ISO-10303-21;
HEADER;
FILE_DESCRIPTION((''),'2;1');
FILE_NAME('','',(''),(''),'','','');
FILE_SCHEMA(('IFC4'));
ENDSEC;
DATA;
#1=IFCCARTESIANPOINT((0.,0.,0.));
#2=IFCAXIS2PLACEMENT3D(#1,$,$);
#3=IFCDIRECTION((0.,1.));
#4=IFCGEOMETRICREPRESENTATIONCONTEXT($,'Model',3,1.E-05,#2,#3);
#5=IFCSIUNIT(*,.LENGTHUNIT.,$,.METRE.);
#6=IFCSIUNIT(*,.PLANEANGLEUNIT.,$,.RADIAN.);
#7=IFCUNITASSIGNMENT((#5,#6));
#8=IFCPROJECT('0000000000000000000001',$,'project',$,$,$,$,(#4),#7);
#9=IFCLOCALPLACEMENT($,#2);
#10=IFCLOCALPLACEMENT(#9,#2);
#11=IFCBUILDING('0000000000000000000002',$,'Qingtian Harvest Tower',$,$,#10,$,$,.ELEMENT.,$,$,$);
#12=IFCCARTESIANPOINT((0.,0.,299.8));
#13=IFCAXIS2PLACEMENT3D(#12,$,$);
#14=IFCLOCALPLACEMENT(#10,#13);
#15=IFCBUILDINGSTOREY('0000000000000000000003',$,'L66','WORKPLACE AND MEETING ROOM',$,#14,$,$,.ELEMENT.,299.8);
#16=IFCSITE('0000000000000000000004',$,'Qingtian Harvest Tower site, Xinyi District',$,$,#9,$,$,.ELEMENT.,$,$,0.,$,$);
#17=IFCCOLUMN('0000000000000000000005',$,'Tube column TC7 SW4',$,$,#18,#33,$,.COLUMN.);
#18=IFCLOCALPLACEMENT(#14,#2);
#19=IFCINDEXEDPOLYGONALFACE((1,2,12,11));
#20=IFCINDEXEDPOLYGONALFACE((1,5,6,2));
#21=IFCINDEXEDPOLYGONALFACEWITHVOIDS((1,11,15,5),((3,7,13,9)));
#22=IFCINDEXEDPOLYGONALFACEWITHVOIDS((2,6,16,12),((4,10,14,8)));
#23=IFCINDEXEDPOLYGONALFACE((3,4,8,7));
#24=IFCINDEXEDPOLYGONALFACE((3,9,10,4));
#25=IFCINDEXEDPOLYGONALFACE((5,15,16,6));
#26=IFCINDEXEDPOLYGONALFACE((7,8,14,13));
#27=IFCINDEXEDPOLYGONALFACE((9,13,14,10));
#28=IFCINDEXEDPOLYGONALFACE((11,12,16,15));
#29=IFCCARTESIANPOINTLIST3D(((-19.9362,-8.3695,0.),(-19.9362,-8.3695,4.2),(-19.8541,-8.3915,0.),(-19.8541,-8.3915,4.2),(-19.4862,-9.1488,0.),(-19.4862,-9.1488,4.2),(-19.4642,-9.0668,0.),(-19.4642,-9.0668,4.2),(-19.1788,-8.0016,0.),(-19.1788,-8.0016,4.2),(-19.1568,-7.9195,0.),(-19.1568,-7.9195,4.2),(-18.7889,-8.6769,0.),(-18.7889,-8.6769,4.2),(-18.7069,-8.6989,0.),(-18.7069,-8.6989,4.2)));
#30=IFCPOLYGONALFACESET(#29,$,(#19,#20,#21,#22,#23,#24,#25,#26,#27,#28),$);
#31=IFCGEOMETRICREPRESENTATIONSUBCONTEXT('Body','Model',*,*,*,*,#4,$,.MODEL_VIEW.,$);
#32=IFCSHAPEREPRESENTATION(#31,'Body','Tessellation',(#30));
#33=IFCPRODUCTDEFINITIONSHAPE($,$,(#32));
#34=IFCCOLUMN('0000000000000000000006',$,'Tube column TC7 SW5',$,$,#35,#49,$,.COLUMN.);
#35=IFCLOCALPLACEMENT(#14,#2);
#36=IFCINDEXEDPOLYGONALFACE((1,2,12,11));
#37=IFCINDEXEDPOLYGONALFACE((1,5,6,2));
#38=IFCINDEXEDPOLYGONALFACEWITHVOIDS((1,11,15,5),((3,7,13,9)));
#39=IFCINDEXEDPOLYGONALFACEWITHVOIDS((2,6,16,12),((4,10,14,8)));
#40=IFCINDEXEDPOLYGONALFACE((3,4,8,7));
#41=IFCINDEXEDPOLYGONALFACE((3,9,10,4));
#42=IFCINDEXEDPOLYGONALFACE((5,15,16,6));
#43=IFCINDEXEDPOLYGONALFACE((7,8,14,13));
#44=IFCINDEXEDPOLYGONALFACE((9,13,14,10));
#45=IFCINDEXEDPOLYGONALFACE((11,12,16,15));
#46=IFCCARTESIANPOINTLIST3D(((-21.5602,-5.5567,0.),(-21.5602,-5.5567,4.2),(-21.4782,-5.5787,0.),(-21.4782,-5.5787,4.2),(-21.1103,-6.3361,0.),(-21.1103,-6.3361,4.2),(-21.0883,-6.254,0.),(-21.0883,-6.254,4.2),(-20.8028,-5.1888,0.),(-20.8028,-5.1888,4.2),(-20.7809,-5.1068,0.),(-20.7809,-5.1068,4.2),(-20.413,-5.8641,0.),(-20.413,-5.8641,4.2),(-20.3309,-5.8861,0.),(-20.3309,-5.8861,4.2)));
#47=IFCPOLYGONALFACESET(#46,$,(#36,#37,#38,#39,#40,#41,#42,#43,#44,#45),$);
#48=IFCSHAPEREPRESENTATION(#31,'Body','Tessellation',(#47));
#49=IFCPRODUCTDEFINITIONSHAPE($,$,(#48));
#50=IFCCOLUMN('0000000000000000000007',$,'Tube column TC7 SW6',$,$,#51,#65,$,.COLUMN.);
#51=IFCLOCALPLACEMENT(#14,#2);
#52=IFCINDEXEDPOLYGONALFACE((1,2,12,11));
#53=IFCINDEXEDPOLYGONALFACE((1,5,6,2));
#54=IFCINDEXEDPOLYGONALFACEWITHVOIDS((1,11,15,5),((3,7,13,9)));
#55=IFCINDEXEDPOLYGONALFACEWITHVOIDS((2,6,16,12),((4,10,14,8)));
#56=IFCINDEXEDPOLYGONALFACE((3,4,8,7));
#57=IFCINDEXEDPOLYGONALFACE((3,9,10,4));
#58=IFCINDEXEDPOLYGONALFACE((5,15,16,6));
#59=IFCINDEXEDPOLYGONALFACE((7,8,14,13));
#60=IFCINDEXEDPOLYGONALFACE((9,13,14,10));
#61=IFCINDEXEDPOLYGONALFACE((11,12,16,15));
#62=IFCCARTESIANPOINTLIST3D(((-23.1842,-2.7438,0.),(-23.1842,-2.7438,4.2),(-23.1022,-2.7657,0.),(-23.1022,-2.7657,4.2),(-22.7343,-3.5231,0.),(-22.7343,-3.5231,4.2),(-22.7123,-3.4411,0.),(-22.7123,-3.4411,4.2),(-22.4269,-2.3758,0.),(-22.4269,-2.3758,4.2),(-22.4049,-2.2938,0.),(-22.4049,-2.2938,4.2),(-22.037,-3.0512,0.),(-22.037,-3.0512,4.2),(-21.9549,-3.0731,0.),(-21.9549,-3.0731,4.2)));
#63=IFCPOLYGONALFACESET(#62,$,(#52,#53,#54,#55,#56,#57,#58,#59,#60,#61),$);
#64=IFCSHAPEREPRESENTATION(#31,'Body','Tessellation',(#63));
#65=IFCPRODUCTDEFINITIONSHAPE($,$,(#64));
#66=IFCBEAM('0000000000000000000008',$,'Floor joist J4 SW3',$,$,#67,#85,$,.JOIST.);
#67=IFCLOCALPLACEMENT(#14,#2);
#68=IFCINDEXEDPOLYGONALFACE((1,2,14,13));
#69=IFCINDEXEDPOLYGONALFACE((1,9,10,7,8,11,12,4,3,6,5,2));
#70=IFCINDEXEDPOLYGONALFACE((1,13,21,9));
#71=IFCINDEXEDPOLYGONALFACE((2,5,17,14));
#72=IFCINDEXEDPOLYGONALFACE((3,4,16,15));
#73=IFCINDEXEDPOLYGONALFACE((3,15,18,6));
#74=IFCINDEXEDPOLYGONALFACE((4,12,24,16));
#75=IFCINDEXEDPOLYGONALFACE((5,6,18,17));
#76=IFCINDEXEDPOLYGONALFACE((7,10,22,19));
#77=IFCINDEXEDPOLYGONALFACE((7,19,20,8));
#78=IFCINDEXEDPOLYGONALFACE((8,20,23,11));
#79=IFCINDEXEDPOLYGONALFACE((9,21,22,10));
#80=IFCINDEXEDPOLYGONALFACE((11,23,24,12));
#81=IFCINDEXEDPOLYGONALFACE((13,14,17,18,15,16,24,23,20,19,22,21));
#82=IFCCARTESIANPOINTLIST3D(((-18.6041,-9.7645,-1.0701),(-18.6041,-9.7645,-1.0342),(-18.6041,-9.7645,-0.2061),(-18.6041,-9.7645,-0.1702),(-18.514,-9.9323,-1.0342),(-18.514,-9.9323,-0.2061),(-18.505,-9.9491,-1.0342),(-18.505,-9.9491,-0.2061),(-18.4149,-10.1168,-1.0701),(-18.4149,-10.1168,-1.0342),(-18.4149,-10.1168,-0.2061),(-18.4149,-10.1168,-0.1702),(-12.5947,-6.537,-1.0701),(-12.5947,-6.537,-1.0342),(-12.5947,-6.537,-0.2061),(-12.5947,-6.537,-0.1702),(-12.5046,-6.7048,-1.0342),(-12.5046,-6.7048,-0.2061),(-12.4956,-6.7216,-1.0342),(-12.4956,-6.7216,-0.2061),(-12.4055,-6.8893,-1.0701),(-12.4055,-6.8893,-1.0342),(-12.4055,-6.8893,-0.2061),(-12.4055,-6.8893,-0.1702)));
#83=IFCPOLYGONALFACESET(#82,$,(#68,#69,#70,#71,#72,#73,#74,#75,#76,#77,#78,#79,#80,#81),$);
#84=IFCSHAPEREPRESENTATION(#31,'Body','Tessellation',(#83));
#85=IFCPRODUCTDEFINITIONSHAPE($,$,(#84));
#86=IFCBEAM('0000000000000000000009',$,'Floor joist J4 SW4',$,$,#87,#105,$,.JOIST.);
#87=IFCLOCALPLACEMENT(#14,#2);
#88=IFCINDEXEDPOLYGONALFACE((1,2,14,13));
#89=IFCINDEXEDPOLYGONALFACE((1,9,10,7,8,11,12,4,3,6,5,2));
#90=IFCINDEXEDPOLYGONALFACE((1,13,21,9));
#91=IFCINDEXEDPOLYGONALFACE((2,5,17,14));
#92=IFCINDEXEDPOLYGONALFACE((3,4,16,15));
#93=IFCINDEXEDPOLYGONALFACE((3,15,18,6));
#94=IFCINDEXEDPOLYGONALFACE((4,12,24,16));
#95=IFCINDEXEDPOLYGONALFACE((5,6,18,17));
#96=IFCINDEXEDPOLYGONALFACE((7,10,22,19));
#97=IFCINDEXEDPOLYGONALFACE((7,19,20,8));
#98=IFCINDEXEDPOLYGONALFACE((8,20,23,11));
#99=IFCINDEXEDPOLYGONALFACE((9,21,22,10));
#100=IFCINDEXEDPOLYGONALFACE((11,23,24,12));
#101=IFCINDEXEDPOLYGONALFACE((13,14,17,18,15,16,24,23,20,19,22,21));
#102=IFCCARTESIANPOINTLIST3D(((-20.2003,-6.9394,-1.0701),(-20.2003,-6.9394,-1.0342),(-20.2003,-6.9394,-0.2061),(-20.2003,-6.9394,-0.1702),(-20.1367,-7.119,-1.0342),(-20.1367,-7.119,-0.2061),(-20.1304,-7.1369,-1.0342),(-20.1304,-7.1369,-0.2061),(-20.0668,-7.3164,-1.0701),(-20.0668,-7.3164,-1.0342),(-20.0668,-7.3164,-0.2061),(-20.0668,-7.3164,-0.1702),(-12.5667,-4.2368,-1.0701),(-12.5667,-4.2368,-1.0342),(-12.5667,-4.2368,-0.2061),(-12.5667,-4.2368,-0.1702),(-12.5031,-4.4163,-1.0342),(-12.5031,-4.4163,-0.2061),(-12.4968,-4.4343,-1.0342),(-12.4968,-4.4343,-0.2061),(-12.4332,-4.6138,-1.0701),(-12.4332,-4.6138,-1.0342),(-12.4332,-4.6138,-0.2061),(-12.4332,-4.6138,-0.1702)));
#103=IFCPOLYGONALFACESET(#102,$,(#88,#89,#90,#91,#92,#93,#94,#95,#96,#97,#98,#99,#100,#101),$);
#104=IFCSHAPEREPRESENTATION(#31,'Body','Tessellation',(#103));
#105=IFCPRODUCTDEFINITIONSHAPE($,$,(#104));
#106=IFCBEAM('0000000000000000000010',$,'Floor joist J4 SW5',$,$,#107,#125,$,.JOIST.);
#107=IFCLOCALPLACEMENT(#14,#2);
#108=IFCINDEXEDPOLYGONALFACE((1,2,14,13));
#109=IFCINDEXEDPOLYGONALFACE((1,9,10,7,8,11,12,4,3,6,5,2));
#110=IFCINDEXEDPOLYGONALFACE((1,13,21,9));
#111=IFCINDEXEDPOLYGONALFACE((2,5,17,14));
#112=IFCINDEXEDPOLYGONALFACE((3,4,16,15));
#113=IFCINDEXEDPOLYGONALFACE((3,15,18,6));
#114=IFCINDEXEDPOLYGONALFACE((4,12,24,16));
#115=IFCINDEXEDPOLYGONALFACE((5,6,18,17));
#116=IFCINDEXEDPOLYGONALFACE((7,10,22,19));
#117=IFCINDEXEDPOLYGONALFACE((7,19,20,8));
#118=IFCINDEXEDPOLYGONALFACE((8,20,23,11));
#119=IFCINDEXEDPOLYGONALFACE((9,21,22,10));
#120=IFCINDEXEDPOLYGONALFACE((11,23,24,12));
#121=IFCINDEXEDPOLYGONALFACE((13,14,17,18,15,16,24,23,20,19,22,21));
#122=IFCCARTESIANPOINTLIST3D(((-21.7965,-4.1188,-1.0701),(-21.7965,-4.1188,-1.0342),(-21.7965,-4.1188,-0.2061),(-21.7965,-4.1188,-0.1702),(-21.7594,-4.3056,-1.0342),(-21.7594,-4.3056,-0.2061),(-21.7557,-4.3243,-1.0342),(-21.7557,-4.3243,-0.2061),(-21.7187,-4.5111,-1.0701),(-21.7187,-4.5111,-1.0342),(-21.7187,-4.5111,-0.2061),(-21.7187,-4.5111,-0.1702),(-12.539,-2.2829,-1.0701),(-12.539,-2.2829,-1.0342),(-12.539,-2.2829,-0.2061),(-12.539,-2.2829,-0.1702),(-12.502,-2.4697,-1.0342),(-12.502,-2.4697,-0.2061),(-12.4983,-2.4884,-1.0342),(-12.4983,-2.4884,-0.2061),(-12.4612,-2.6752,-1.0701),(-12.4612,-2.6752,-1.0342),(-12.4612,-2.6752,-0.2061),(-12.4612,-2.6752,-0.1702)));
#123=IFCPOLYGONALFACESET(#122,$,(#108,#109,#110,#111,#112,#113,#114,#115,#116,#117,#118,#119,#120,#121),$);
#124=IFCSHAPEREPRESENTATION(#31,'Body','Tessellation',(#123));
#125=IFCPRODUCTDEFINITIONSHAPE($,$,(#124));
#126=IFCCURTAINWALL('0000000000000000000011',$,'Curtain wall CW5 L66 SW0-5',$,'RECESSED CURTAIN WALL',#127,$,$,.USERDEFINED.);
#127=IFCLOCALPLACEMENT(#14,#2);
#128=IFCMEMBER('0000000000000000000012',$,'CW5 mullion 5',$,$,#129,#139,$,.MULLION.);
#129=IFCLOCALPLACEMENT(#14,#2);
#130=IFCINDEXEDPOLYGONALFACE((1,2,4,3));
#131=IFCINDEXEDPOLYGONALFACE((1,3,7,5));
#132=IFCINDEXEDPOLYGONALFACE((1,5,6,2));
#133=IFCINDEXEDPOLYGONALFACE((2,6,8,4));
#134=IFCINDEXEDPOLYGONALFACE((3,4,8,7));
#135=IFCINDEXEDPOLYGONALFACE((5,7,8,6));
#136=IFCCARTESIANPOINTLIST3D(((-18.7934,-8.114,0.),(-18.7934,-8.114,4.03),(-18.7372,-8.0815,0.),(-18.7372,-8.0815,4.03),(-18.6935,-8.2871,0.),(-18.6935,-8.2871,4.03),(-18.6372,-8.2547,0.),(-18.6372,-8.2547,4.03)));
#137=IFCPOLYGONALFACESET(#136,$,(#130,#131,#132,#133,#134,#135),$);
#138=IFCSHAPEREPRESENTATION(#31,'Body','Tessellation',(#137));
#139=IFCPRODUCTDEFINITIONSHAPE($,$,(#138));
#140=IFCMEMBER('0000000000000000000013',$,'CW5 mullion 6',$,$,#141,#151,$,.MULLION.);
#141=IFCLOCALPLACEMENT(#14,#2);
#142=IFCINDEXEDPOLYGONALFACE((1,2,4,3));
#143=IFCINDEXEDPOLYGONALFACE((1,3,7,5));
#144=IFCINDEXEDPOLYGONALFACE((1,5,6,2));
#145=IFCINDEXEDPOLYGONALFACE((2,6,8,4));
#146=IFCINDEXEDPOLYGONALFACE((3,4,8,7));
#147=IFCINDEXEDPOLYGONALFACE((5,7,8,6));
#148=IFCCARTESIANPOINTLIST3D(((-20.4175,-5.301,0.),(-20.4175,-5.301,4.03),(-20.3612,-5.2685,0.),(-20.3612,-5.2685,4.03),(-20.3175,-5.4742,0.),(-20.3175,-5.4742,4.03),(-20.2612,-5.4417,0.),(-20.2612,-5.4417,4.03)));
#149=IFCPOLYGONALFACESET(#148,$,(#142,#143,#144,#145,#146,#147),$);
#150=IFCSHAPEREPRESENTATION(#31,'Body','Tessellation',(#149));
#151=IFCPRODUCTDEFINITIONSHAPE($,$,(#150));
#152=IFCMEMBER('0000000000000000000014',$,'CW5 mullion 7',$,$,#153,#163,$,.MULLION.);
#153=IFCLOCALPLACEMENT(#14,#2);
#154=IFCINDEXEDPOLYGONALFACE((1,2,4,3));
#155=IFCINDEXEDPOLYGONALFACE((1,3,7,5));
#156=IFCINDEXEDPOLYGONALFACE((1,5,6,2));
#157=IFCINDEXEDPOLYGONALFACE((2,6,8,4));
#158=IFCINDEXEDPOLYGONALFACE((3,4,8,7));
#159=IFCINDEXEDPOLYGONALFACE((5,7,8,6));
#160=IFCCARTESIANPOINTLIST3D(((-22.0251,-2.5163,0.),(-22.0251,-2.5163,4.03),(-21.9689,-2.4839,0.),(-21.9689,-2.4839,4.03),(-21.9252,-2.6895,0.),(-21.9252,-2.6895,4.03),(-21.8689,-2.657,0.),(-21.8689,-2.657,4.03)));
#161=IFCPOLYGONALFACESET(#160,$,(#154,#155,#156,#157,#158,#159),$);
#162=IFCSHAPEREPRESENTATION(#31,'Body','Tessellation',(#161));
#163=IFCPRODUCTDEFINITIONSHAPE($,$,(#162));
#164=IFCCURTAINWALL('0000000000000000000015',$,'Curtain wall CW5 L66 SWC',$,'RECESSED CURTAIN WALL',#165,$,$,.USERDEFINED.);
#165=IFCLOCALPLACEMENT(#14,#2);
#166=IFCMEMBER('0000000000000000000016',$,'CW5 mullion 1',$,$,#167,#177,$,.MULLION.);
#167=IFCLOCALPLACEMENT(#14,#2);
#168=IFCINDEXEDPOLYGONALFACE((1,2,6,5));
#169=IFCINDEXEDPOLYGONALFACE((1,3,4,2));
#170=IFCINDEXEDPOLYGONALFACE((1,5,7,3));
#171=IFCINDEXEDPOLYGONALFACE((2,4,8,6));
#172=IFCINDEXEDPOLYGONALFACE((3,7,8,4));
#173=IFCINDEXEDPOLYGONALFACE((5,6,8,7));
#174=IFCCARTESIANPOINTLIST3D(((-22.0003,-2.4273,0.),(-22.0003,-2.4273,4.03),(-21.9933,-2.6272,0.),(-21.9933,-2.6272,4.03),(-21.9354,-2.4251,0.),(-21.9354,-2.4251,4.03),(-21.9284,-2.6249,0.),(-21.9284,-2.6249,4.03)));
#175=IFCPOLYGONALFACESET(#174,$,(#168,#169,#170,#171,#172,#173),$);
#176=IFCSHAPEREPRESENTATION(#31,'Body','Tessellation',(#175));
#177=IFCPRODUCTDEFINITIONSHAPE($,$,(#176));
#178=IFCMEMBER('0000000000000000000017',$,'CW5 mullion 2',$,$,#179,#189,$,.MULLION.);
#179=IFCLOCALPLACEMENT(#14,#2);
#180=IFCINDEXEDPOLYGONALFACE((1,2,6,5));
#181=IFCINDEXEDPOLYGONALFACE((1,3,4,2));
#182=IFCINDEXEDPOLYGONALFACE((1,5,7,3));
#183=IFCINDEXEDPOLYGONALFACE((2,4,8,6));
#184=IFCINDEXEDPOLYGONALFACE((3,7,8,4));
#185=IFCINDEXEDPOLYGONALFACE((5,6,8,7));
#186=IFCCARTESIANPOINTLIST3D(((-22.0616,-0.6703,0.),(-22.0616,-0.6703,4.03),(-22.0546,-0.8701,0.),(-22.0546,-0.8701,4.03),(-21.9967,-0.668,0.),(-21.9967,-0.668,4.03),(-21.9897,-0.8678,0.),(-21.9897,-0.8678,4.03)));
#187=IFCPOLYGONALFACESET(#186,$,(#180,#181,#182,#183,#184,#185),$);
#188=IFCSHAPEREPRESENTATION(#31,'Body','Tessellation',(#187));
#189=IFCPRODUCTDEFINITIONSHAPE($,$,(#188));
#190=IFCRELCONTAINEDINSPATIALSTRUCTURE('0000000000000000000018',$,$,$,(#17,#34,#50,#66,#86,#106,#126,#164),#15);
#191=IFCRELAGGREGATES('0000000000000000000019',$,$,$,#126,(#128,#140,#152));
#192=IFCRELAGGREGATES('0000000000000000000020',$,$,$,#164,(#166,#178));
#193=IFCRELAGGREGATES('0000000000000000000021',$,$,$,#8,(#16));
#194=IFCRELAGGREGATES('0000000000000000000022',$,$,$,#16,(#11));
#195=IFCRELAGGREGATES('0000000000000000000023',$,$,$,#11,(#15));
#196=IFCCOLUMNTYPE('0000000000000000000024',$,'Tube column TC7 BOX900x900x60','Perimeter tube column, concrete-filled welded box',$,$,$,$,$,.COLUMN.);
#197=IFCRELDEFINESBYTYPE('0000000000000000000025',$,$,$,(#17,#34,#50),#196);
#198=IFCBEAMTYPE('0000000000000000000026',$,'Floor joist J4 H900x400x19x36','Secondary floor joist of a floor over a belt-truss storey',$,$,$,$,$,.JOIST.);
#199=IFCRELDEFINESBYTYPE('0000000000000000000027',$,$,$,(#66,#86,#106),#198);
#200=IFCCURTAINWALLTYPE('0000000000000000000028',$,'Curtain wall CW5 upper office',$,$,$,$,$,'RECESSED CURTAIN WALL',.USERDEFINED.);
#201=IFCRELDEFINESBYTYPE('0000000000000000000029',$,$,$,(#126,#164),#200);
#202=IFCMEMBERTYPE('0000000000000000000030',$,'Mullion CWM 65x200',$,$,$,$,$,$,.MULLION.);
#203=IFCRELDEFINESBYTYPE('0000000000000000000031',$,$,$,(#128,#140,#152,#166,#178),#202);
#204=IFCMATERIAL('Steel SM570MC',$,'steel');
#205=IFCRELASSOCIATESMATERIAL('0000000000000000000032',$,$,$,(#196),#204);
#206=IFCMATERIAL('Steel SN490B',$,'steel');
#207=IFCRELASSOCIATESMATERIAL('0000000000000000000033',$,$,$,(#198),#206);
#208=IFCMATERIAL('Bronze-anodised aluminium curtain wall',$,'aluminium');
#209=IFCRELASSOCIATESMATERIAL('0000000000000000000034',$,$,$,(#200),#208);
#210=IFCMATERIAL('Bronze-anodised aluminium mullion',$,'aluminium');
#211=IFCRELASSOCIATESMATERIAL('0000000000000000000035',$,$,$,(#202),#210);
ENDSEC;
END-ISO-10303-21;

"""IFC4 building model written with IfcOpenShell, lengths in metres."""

from ifc_helpers import new_model, si_unit, direction, frame, origin, origin_2d, place, context, subcontext, project, spatial, rectangle, hollow_rectangle, i_section, extrude, material, material_profile, profile_set, type_object, element, aggregate, save


model = new_model("IFC4")

# Units and contexts
model_context = context("Model", 3, precision=1e-05, world=origin(), true_north=direction((0.0, 1.0)))
body_context = subcontext(model_context, "Body", "Model", "MODEL_VIEW")
ifc_project = project(units=[si_unit("LENGTHUNIT", "METRE"), si_unit("PLANEANGLEUNIT", "RADIAN")], contexts=[model_context])

# Site, building, storey
site_placement = place(None, origin())
site = spatial("IfcSite", under=ifc_project, at=site_placement, Name="Qingtian Harvest Tower site, Xinyi District", CompositionType="ELEMENT", RefElevation=0.0)
building_placement = place(site_placement, origin())
building = spatial("IfcBuilding", under=site, at=building_placement, Name="Qingtian Harvest Tower", CompositionType="ELEMENT")
storey_placement = place(building_placement, frame((0.0, 0.0, 299.8)))
storey = spatial("IfcBuildingStorey", under=building, at=storey_placement, Name="L66", Description="WORKPLACE AND MEETING ROOM", CompositionType="ELEMENT", Elevation=299.8)

# Columns
ifc_material_1 = material(Name="Steel SM570MC", Category="steel")
ifc_material_profile_1 = material_profile(ifc_material_1, hollow_rectangle(XDim=0.8999, YDim=0.8999, WallThickness=0.0601, at=origin_2d()), Name="BOX900x900x60")
ifc_profile_set_1 = profile_set([ifc_material_profile_1], Name="Steel SM570MC")
column_type = type_object("IfcColumnType", Name="Tube column TC7 BOX900x900x60", Description="Perimeter tube column, concrete-filled welded box", PredefinedType="COLUMN", material=ifc_profile_set_1)
for number, where, z_axis, x_axis, name in (
    (1, (-19.3215, -8.5342, 0.0), (0.0, 0.0, 1.0), (0.5, -0.866025, 0.0), "Tube column TC7 SW4"),
    (2, (-20.9456, -5.7214, 0.0), (0.0, 0.0, 1.0), (0.5, -0.866025, 0.0), "Tube column TC7 SW5"),
    (3, (-22.5696, -2.9084, 0.0), (0.0, 0.0, 1.0), (0.5, -0.866025, 0.0), "Tube column TC7 SW6"),
):
    element("IfcColumn", number, at=place(storey_placement, frame(where, z_axis=z_axis, x_axis=x_axis)), inside=storey, type_object=column_type, Name=name, PredefinedType="COLUMN", context=body_context, shape_type="SweptSolid", body=[
        extrude(hollow_rectangle(XDim=0.8999, YDim=0.8999, WallThickness=0.0601, at=origin_2d()), origin(), (0.0, 0.0, 1.0), 4.2),
    ])

# Beams
ifc_material_2 = material(Name="Steel SN490B", Category="steel")
ifc_material_profile_2 = material_profile(ifc_material_2, i_section(OverallWidth=0.3999, OverallDepth=0.8999, WebThickness=0.019, FlangeThickness=0.0359, at=origin_2d()), Name="H900x400x19x36")
ifc_profile_set_2 = profile_set([ifc_material_profile_2], Name="Steel SN490B")
beam_type_1 = type_object("IfcBeamType", Name="Floor joist J4 H900x400x19x36", Description="Secondary floor joist of a floor over a belt-truss storey", PredefinedType="JOIST", material=ifc_profile_set_2)
beam_1_placement = place(storey_placement, frame((-18.5095, -9.9407, -0.6201), z_axis=(0.880982, 0.47315, 0.0), x_axis=(-0.47315, 0.880982, 0.0)))
element("IfcBeam", 4, at=beam_1_placement, inside=storey, type_object=beam_type_1, Name="Floor joist J4 SW3", PredefinedType="JOIST", context=body_context, shape_type="SweptSolid", body=[
    extrude(i_section(OverallWidth=0.3999, OverallDepth=0.8999, WebThickness=0.019, FlangeThickness=0.0359, at=origin_2d()), origin(), (0.0, 0.0, 1.0), 6.8213),
])
beam_2_placement = place(storey_placement, frame((-20.1335, -7.1279, -0.6201), z_axis=(0.942663, 0.333747, 0.0), x_axis=(-0.333747, 0.942663, 0.0)))
element("IfcBeam", 5, at=beam_2_placement, inside=storey, type_object=beam_type_1, Name="Floor joist J4 SW4", PredefinedType="JOIST", context=body_context, shape_type="SweptSolid", body=[
    extrude(i_section(OverallWidth=0.3999, OverallDepth=0.8999, WebThickness=0.019, FlangeThickness=0.0359, at=origin_2d()), origin(), (0.0, 0.0, 1.0), 8.0979),
])
beam_3_placement = place(storey_placement, frame((-21.7576, -4.3149, -0.6201), z_axis=(0.980897, 0.194529, 0.0), x_axis=(-0.194529, 0.980897, 0.0)))
element("IfcBeam", 6, at=beam_3_placement, inside=storey, type_object=beam_type_1, Name="Floor joist J4 SW5", PredefinedType="JOIST", context=body_context, shape_type="SweptSolid", body=[
    extrude(i_section(OverallWidth=0.3999, OverallDepth=0.8999, WebThickness=0.019, FlangeThickness=0.0359, at=origin_2d()), origin(), (0.0, 0.0, 1.0), 9.4377),
])

# Curtain walls, members
ifc_material_3 = material(Name="Bronze-anodised aluminium curtain wall", Category="aluminium")
curtain_wall_type = type_object("IfcCurtainWallType", Name="Curtain wall CW5 upper office", ElementType="RECESSED CURTAIN WALL", PredefinedType="USERDEFINED", material=ifc_material_3)
curtain_wall_1_placement = place(storey_placement, origin())
curtain_wall_1 = element("IfcCurtainWall", 7, at=curtain_wall_1_placement, inside=storey, type_object=curtain_wall_type, Name="Curtain wall CW5 L66 SW0-5", ObjectType="RECESSED CURTAIN WALL", PredefinedType="USERDEFINED")
ifc_material_4 = material(Name="Bronze-anodised aluminium mullion", Category="aluminium")
ifc_material_profile_3 = material_profile(ifc_material_4, rectangle(XDim=0.0649, YDim=0.2, at=origin_2d()), Name="AL 65x200")
ifc_profile_set_3 = profile_set([ifc_material_profile_3], Name="Bronze-anodised aluminium mullion")
member_type_1 = type_object("IfcMemberType", Name="Mullion CWM 65x200", PredefinedType="MULLION", material=ifc_profile_set_3)
member_1_placement = place(storey_placement, frame((-18.7153, -8.1843, 0.0), z_axis=(0.0, 0.0, 1.0), x_axis=(-0.866025, -0.5, 0.0)))
member_1 = element("IfcMember", 8, at=member_1_placement, type_object=member_type_1, Name="CW5 mullion 5", PredefinedType="MULLION", context=body_context, shape_type="SweptSolid", body=[
    extrude(rectangle(XDim=0.0649, YDim=0.2, at=origin_2d()), origin(), (0.0, 0.0, 1.0), 4.03),
])
member_2_placement = place(storey_placement, frame((-20.3394, -5.3713, 0.0), z_axis=(0.0, 0.0, 1.0), x_axis=(-0.866025, -0.5, 0.0)))
member_2 = element("IfcMember", 9, at=member_2_placement, type_object=member_type_1, Name="CW5 mullion 6", PredefinedType="MULLION", context=body_context, shape_type="SweptSolid", body=[
    extrude(rectangle(XDim=0.0649, YDim=0.2, at=origin_2d()), origin(), (0.0, 0.0, 1.0), 4.03),
])
member_3_placement = place(storey_placement, frame((-21.947, -2.5867, 0.0), z_axis=(0.0, 0.0, 1.0), x_axis=(-0.866025, -0.5, 0.0)))
member_3 = element("IfcMember", 10, at=member_3_placement, type_object=member_type_1, Name="CW5 mullion 7", PredefinedType="MULLION", context=body_context, shape_type="SweptSolid", body=[
    extrude(rectangle(XDim=0.0649, YDim=0.2, at=origin_2d()), origin(), (0.0, 0.0, 1.0), 4.03),
])
curtain_wall_2_placement = place(storey_placement, origin())
curtain_wall_2 = element("IfcCurtainWall", 11, at=curtain_wall_2_placement, inside=storey, type_object=curtain_wall_type, Name="Curtain wall CW5 L66 SWC", ObjectType="RECESSED CURTAIN WALL", PredefinedType="USERDEFINED")
member_4_placement = place(storey_placement, frame((-21.9644, -2.5261, 0.0), z_axis=(0.0, 0.0, 1.0), x_axis=(-0.999391, -0.034899, 0.0)))
member_4 = element("IfcMember", 12, at=member_4_placement, type_object=member_type_1, Name="CW5 mullion 1", PredefinedType="MULLION", context=body_context, shape_type="SweptSolid", body=[
    extrude(rectangle(XDim=0.0649, YDim=0.2, at=origin_2d()), origin(), (0.0, 0.0, 1.0), 4.03),
])
member_5_placement = place(storey_placement, frame((-22.0256, -0.769, 0.0), z_axis=(0.0, 0.0, 1.0), x_axis=(-0.999391, -0.034899, 0.0)))
member_5 = element("IfcMember", 13, at=member_5_placement, type_object=member_type_1, Name="CW5 mullion 2", PredefinedType="MULLION", context=body_context, shape_type="SweptSolid", body=[
    extrude(rectangle(XDim=0.0649, YDim=0.2, at=origin_2d()), origin(), (0.0, 0.0, 1.0), 4.03),
])

aggregate(curtain_wall_1, [member_1, member_2, member_3])
aggregate(curtain_wall_2, [member_4, member_5])

save(model, "model.ifc")
